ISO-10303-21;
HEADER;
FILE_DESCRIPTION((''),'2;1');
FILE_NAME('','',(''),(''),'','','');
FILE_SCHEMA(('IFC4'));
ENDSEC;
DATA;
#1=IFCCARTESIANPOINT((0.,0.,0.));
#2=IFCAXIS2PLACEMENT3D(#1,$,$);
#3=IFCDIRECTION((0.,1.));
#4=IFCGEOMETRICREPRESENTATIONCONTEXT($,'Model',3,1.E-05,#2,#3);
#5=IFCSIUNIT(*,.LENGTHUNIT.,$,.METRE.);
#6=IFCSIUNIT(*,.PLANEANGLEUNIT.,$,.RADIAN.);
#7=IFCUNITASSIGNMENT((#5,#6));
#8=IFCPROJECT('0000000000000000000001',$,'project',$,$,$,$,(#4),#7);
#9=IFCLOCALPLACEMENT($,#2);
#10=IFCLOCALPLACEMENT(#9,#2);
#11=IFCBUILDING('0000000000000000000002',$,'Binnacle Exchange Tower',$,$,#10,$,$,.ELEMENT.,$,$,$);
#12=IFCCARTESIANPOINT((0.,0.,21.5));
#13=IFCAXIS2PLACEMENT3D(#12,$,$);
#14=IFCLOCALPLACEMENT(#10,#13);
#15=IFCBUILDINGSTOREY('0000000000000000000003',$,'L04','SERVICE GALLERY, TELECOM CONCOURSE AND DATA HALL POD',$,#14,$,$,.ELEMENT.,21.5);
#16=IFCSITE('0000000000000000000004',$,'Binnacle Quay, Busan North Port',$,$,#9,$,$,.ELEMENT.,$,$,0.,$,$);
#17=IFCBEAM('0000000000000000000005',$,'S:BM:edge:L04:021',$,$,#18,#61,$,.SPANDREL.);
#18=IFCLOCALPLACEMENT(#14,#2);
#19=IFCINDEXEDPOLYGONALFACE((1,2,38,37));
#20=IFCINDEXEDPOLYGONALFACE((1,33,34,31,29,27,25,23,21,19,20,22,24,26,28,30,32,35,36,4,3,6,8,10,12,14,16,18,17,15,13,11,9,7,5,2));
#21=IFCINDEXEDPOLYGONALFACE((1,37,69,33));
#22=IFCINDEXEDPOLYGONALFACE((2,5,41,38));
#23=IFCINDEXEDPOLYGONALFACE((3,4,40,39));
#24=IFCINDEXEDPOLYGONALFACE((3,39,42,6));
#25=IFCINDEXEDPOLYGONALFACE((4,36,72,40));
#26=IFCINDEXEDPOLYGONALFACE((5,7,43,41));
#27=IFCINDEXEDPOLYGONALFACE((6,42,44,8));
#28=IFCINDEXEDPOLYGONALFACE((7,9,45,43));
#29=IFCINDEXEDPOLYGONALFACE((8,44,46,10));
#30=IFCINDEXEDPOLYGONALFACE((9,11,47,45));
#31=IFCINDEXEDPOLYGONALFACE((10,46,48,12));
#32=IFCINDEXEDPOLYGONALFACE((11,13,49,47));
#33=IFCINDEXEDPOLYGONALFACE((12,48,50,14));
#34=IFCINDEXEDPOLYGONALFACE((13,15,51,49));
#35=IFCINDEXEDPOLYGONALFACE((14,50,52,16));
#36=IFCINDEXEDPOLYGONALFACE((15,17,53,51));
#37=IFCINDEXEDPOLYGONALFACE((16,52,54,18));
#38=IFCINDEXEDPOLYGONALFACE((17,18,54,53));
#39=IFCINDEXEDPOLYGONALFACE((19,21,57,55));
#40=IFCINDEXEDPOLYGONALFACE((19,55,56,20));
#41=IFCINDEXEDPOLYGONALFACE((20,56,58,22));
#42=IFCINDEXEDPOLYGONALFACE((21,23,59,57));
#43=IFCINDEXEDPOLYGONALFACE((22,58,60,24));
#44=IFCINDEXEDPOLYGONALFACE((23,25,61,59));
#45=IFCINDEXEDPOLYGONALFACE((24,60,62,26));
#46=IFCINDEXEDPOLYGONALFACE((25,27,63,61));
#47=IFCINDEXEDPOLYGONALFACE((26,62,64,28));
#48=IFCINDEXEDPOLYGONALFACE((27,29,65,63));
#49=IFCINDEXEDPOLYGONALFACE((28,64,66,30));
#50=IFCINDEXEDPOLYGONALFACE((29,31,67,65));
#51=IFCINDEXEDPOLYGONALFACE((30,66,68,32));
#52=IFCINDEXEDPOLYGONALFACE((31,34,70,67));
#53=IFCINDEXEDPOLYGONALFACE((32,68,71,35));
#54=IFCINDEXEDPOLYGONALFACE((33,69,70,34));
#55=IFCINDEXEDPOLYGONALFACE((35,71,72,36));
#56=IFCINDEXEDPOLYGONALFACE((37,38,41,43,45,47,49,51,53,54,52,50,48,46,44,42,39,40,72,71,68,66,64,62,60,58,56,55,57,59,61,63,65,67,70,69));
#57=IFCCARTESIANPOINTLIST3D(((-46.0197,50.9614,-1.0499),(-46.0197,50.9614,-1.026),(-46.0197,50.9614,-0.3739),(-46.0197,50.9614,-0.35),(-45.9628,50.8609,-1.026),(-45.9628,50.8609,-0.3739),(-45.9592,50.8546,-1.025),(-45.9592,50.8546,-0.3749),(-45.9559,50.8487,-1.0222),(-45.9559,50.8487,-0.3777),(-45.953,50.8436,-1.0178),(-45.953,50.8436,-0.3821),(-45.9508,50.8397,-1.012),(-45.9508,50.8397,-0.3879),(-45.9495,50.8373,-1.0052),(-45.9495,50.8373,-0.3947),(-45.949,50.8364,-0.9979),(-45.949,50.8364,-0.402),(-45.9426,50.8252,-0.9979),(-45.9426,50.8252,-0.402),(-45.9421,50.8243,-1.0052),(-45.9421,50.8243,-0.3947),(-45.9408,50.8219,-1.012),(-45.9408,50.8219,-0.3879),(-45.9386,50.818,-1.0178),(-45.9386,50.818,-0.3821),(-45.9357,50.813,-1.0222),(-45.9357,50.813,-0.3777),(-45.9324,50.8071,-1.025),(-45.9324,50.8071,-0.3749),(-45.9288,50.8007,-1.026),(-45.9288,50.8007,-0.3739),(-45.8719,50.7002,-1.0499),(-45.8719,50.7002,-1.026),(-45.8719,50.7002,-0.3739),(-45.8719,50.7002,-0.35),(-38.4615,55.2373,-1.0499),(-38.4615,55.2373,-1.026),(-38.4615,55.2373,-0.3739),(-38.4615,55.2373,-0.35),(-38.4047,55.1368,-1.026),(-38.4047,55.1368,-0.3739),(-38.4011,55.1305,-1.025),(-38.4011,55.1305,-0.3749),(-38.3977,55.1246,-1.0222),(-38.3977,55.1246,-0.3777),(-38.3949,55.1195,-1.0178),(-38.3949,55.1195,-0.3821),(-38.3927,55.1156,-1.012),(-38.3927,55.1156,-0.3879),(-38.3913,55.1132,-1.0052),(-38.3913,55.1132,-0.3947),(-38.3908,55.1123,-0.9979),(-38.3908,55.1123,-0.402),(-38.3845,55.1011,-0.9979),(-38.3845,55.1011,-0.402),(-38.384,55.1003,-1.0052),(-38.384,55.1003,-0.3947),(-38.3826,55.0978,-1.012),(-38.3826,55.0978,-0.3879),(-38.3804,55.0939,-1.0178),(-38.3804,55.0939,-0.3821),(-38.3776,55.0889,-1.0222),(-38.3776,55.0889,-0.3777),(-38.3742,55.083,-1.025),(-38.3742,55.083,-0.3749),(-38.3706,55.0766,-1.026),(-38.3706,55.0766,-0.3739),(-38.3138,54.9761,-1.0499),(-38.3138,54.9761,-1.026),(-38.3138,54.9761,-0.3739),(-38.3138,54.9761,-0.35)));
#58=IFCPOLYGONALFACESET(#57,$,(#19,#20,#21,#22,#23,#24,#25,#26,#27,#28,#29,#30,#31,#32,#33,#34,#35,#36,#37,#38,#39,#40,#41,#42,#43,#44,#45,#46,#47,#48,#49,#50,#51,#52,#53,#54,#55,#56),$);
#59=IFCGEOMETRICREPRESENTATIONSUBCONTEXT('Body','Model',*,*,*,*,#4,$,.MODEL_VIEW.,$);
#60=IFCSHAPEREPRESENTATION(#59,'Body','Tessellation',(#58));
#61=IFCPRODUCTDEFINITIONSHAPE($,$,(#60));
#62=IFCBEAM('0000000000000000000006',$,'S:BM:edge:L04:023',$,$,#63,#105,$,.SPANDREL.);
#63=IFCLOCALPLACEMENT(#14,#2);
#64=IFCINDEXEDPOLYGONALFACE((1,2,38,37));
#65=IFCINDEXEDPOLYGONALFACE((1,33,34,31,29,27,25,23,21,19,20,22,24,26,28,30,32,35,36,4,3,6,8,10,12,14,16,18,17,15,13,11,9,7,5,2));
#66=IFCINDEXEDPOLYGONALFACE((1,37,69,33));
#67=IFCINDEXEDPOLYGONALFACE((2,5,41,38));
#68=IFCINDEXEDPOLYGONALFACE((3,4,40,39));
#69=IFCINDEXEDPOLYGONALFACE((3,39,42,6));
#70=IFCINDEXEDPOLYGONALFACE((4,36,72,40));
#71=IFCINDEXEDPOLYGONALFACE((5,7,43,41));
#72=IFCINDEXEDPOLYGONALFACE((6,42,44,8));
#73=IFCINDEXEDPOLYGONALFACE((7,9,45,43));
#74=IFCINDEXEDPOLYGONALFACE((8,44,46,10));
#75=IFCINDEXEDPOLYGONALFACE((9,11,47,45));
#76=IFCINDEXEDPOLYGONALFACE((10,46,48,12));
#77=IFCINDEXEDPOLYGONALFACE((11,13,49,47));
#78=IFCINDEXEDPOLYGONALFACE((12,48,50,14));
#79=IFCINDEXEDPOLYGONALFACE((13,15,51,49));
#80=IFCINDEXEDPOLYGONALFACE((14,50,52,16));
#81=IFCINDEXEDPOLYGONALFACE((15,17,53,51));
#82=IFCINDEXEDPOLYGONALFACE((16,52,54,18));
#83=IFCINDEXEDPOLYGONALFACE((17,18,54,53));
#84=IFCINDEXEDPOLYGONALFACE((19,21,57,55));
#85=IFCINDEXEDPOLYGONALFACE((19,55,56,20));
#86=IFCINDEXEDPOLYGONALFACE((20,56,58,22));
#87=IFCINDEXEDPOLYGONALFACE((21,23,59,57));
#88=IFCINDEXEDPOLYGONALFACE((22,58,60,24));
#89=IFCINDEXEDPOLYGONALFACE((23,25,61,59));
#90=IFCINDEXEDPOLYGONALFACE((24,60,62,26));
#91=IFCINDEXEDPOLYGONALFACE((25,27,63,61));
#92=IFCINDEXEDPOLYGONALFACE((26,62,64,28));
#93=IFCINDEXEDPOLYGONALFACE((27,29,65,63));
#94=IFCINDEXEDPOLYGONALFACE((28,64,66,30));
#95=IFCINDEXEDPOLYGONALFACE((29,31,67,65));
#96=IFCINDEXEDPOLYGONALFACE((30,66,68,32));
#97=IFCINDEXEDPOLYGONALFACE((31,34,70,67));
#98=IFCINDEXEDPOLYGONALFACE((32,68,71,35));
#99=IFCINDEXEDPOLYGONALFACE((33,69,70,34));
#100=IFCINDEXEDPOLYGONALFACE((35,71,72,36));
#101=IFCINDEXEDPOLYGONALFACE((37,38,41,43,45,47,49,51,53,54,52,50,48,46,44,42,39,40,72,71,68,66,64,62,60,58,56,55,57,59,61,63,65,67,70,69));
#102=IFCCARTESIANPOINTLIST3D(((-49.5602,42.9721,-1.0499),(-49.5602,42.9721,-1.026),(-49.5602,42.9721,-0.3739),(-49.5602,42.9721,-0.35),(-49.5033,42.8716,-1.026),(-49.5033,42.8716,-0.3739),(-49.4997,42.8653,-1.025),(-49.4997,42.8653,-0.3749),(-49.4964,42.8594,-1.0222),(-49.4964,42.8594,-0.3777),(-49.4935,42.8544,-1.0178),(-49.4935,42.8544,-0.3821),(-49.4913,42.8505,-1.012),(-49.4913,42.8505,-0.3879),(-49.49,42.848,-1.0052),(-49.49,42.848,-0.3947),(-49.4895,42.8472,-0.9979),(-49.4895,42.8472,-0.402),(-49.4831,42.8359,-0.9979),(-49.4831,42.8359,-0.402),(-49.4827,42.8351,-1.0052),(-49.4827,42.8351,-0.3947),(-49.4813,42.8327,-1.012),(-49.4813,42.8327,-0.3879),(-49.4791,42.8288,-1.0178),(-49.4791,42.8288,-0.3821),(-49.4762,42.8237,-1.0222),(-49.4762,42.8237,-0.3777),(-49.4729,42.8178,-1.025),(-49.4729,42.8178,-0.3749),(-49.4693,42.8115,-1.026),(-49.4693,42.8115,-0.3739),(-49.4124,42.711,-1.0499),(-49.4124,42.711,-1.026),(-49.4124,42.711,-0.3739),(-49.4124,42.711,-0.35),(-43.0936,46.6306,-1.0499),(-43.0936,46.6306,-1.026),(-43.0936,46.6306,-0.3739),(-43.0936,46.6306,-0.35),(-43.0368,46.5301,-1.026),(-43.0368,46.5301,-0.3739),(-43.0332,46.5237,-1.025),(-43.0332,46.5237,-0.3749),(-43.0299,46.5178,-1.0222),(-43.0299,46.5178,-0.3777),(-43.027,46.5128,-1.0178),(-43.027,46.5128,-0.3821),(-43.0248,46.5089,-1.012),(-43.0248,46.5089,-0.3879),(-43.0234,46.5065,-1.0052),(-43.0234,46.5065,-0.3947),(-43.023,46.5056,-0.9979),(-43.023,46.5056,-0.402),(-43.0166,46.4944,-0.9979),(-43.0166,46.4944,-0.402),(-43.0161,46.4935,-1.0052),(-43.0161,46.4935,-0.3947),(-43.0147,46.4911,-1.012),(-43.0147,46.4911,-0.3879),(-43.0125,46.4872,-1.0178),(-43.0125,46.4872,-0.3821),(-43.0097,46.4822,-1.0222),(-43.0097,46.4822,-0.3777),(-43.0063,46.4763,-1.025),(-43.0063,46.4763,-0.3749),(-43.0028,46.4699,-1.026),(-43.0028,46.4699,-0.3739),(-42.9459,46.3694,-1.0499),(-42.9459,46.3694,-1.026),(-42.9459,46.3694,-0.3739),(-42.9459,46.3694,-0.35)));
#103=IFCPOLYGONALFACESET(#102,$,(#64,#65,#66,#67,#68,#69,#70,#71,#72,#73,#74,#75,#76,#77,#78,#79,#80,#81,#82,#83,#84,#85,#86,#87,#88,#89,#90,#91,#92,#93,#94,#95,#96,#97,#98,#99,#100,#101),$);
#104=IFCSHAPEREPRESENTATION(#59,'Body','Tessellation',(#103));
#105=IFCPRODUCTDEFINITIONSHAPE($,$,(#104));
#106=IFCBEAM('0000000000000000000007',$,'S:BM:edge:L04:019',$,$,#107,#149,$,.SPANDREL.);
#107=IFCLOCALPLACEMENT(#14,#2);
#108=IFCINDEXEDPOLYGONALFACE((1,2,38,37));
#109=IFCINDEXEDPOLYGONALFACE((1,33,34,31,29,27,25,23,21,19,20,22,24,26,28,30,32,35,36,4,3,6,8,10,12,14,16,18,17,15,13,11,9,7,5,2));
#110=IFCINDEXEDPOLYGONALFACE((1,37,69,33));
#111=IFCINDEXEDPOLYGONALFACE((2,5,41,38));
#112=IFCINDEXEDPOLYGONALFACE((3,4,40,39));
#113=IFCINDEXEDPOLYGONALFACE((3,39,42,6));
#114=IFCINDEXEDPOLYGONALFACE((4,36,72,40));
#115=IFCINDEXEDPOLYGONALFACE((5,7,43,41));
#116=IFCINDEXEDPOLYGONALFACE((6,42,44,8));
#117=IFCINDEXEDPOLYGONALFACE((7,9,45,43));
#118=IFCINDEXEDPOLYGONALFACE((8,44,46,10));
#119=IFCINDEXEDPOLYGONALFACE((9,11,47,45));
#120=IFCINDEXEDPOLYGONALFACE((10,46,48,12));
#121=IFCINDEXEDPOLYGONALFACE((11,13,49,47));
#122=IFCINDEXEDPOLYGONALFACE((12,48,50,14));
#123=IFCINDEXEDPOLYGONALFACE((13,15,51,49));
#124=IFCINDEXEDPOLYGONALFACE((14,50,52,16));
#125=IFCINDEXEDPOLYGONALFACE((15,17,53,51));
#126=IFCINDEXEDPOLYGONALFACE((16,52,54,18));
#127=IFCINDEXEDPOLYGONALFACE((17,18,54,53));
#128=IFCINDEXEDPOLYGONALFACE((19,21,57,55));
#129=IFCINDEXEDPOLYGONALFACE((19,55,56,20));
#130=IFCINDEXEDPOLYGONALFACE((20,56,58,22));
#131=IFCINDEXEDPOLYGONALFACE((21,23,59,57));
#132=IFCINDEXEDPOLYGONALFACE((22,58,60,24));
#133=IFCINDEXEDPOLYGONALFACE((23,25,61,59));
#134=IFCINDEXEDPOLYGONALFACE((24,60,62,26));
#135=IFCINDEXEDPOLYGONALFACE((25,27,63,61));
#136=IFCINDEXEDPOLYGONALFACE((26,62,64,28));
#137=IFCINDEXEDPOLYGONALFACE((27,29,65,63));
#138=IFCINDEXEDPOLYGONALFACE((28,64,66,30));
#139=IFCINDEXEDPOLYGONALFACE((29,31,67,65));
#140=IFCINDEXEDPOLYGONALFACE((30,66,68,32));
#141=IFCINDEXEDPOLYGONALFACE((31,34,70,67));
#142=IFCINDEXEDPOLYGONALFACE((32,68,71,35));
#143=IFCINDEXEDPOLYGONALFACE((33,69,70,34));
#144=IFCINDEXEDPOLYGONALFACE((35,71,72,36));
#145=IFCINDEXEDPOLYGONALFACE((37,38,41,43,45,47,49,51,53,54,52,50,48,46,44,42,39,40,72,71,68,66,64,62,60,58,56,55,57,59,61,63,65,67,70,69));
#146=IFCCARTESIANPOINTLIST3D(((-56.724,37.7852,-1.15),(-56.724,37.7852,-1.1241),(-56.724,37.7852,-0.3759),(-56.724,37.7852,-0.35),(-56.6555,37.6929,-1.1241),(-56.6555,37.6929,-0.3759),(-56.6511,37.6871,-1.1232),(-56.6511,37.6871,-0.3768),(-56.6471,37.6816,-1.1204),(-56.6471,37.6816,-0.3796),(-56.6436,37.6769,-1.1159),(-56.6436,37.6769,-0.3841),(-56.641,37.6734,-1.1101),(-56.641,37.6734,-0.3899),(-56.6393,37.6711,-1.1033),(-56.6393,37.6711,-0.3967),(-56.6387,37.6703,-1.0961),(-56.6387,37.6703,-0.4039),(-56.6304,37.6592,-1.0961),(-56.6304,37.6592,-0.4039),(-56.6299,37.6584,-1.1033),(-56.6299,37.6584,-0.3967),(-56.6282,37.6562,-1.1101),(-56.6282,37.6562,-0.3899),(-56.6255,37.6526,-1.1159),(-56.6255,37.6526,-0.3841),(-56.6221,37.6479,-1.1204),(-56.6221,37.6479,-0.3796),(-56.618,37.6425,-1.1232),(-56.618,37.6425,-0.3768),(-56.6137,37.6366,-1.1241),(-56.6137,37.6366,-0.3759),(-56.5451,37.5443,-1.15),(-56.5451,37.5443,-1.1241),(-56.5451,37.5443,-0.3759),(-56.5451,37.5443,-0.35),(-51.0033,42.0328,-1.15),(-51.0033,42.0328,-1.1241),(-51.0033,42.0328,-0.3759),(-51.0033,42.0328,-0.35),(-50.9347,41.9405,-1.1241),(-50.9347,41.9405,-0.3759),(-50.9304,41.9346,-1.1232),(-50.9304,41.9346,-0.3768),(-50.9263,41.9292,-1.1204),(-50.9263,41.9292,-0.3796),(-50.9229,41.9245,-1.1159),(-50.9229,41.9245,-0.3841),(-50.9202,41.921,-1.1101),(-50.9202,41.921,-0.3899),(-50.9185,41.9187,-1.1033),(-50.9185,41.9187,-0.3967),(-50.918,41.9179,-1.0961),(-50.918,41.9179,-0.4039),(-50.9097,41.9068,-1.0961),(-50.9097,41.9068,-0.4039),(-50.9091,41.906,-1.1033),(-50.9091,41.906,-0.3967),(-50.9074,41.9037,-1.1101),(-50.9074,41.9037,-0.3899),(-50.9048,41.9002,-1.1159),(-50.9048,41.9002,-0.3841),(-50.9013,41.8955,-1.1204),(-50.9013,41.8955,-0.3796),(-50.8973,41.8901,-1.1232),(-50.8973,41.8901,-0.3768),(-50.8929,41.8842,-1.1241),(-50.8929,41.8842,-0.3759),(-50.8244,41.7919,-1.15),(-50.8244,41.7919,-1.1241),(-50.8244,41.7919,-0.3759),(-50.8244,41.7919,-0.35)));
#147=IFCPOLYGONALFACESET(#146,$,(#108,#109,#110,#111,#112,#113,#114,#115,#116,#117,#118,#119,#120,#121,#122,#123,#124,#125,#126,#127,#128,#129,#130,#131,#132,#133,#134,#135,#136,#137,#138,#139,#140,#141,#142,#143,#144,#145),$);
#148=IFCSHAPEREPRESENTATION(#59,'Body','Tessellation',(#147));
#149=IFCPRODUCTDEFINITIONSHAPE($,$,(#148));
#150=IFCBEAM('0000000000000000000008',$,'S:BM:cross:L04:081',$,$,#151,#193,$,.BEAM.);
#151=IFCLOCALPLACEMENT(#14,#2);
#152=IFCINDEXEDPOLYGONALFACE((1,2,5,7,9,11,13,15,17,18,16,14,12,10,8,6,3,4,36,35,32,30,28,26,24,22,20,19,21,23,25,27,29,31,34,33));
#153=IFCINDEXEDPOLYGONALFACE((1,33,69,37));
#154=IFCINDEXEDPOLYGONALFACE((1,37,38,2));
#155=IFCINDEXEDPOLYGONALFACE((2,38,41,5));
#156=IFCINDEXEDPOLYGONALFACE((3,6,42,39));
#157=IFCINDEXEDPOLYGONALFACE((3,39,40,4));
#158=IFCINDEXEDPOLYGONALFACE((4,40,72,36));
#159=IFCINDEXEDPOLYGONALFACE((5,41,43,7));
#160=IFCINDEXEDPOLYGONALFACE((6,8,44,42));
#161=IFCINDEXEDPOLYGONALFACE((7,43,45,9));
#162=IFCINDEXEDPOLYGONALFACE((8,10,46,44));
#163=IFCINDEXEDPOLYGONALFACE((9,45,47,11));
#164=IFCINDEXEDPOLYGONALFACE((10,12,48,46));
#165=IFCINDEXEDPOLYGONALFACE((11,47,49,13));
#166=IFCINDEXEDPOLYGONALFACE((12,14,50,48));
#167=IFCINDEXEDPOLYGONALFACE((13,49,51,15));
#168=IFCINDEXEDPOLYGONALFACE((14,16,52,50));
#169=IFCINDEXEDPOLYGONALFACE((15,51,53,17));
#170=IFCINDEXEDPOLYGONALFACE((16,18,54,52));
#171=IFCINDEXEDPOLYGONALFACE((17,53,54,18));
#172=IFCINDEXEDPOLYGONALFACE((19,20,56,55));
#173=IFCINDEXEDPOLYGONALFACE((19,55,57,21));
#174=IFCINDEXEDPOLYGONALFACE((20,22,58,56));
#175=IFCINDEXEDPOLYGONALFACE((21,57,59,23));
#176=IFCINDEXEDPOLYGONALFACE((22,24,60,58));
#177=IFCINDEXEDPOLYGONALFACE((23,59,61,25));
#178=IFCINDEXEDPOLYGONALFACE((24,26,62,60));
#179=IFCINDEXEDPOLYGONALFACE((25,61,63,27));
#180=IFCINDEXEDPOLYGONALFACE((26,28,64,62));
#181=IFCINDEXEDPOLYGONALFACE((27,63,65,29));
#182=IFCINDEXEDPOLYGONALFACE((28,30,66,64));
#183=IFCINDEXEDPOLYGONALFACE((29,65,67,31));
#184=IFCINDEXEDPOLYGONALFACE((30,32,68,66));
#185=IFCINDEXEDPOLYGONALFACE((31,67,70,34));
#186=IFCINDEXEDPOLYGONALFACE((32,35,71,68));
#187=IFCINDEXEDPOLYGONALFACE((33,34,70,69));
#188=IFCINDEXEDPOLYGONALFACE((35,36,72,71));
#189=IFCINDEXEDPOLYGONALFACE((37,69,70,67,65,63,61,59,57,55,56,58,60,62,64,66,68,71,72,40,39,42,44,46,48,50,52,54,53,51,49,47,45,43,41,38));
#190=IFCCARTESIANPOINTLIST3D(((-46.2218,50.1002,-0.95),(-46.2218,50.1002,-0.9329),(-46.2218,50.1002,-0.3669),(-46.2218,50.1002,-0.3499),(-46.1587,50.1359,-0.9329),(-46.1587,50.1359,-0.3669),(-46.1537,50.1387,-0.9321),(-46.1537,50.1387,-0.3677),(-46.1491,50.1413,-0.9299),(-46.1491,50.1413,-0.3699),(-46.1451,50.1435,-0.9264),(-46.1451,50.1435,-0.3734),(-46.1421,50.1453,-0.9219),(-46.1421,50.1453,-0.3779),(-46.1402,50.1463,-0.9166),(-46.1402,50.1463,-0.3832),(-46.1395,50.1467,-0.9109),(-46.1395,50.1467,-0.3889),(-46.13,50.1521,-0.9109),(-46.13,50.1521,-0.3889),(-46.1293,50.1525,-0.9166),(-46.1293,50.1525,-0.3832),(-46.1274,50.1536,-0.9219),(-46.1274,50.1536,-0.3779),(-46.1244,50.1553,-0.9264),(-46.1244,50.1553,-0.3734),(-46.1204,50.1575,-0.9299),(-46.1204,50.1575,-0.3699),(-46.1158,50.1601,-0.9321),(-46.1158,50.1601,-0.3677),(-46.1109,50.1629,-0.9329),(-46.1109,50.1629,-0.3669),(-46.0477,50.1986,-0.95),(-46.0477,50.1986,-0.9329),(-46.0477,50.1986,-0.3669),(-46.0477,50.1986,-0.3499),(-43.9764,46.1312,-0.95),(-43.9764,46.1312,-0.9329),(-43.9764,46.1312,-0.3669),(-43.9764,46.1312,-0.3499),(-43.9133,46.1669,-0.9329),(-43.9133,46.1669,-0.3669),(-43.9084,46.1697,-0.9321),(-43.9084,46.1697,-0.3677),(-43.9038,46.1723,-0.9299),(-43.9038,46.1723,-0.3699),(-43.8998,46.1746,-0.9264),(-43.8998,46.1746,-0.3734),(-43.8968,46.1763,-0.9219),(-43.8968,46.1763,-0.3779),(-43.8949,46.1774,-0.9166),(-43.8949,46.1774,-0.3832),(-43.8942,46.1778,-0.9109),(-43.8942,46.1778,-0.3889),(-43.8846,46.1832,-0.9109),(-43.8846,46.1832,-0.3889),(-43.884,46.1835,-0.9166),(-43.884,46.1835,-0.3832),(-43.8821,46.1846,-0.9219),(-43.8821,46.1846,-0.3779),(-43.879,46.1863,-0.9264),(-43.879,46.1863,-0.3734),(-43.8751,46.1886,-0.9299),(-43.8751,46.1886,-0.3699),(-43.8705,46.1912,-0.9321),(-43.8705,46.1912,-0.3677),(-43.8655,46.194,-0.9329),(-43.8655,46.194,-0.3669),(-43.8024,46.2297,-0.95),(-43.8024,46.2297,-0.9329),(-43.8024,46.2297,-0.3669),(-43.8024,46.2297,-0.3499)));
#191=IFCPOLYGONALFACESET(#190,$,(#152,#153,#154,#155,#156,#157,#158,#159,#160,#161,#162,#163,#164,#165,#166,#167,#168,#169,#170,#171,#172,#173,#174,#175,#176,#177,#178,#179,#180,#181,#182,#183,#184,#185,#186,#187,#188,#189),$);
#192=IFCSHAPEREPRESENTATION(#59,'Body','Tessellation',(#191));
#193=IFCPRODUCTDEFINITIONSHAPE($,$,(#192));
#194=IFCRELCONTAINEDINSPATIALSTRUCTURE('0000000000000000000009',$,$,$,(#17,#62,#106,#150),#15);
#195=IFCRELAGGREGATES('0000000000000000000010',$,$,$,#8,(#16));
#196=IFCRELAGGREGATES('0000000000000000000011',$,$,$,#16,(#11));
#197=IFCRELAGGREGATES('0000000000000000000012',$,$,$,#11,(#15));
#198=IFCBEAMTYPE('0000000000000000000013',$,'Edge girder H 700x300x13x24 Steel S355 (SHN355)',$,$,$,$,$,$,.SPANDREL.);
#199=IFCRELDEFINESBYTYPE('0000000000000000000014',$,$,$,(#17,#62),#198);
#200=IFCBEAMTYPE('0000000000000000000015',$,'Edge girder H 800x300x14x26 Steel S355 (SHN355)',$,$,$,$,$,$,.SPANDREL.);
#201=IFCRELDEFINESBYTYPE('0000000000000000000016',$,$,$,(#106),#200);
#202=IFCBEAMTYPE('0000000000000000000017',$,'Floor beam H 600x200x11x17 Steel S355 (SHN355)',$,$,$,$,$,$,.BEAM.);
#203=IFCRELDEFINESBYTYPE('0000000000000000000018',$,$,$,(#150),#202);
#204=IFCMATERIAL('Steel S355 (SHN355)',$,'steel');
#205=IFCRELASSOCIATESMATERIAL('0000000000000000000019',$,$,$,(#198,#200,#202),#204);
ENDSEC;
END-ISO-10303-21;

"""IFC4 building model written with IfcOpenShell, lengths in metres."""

from ifc_helpers import new_model, si_unit, direction, frame, origin, origin_2d, place, context, subcontext, project, spatial, i_section, extrude, material, material_profile, profile_set, type_object, element, save


model = new_model("IFC4")

# Units and contexts
model_context = context("Model", 3, precision=1e-05, world=origin(), true_north=direction((0.0, 1.0)))
body_context = subcontext(model_context, "Body", "Model", "MODEL_VIEW")
ifc_project = project(units=[si_unit("LENGTHUNIT", "METRE"), si_unit("PLANEANGLEUNIT", "RADIAN")], contexts=[model_context])

# Site, building, storey
site_placement = place(None, origin())
site = spatial("IfcSite", under=ifc_project, at=site_placement, Name="Binnacle Quay, Busan North Port", CompositionType="ELEMENT", RefElevation=0.0)
building_placement = place(site_placement, origin())
building = spatial("IfcBuilding", under=site, at=building_placement, Name="Binnacle Exchange Tower", CompositionType="ELEMENT")
storey_placement = place(building_placement, frame((0.0, 0.0, 21.5)))
storey = spatial("IfcBuildingStorey", under=building, at=storey_placement, Name="L04", Description="SERVICE GALLERY, TELECOM CONCOURSE AND DATA HALL POD", CompositionType="ELEMENT", Elevation=21.5)

# Beams
ifc_material_1 = material(Name="Steel S355 (SHN355)", Category="steel")
ifc_material_profile_1 = material_profile(ifc_material_1, i_section(OverallWidth=0.3, OverallDepth=0.7, WebThickness=0.0129, FlangeThickness=0.0239, FilletRadius=0.0281, at=origin_2d()), Name="H 700x300x13x24")
ifc_profile_set_1 = profile_set([ifc_material_profile_1], Name="Steel S355 (SHN355)")
beam_type_1 = type_object("IfcBeamType", Name="Edge girder H 700x300x13x24 Steel S355 (SHN355)", PredefinedType="SPANDREL", material=ifc_profile_set_1)
beam_1_placement = place(storey_placement, frame((-45.9458, 50.8308, -0.7), z_axis=(0.87037, 0.492398, 0.0), x_axis=(-0.492398, 0.87037, 0.0)))
element("IfcBeam", 1, at=beam_1_placement, inside=storey, type_object=beam_type_1, Name="S:BM:edge:L04:021", PredefinedType="SPANDREL", context=body_context, shape_type="SweptSolid", body=[
    extrude(i_section(OverallWidth=0.3, OverallDepth=0.7, WebThickness=0.0129, FlangeThickness=0.0239, FilletRadius=0.0281, at=origin_2d()), origin(), (0.0, 0.0, 1.0), 8.6838),
])
beam_2_placement = place(storey_placement, frame((-43.0198, 46.5, -0.7), z_axis=(-0.870364, -0.492408, 0.0), x_axis=(0.492408, -0.870364, 0.0)))
element("IfcBeam", 2, at=beam_2_placement, inside=storey, type_object=beam_type_1, Name="S:BM:edge:L04:023", PredefinedType="SPANDREL", context=body_context, shape_type="SweptSolid", body=[
    extrude(i_section(OverallWidth=0.3, OverallDepth=0.7, WebThickness=0.0129, FlangeThickness=0.0239, FilletRadius=0.0281, at=origin_2d()), origin(), (0.0, 0.0, 1.0), 7.4297),
])
ifc_material_profile_2 = material_profile(ifc_material_1, i_section(OverallWidth=0.3, OverallDepth=0.8, WebThickness=0.0139, FlangeThickness=0.0259, FilletRadius=0.0281, at=origin_2d()), Name="H 800x300x14x26")
ifc_profile_set_2 = profile_set([ifc_material_profile_2], Name="Steel S355 (SHN355)")
beam_type_2 = type_object("IfcBeamType", Name="Edge girder H 800x300x14x26 Steel S355 (SHN355)", PredefinedType="SPANDREL", material=ifc_profile_set_2)
beam_3_placement = place(storey_placement, frame((-50.9138, 41.9124, -0.75), z_axis=(-0.802885, -0.596133, 0.0), x_axis=(0.596133, -0.802885, 0.0)))
element("IfcBeam", 3, at=beam_3_placement, inside=storey, type_object=beam_type_2, Name="S:BM:edge:L04:019", PredefinedType="SPANDREL", context=body_context, shape_type="SweptSolid", body=[
    extrude(i_section(OverallWidth=0.3, OverallDepth=0.8, WebThickness=0.0139, FlangeThickness=0.0259, FilletRadius=0.0281, at=origin_2d()), origin(), (0.0, 0.0, 1.0), 7.1252),
])
ifc_material_profile_3 = material_profile(ifc_material_1, i_section(OverallWidth=0.2, OverallDepth=0.6001, WebThickness=0.011, FlangeThickness=0.0171, FilletRadius=0.022, at=origin_2d()), Name="H 600x200x11x17")
ifc_profile_set_3 = profile_set([ifc_material_profile_3], Name="Steel S355 (SHN355)")
beam_type_3 = type_object("IfcBeamType", Name="Floor beam H 600x200x11x17 Steel S355 (SHN355)", PredefinedType="BEAM", material=ifc_profile_set_3)
beam_4_placement = place(storey_placement, frame((-46.1348, 50.1494, -0.6499), z_axis=(0.492392, -0.870373, 0.0), x_axis=(0.870373, 0.492392, 0.0)))
element("IfcBeam", 4, at=beam_4_placement, inside=storey, type_object=beam_type_3, Name="S:BM:cross:L04:081", PredefinedType="BEAM", context=body_context, shape_type="SweptSolid", body=[
    extrude(i_section(OverallWidth=0.2, OverallDepth=0.6001, WebThickness=0.011, FlangeThickness=0.0171, FilletRadius=0.022, at=origin_2d()), origin(), (0.0, 0.0, 1.0), 4.5601),
])

save(model, "model.ifc")
